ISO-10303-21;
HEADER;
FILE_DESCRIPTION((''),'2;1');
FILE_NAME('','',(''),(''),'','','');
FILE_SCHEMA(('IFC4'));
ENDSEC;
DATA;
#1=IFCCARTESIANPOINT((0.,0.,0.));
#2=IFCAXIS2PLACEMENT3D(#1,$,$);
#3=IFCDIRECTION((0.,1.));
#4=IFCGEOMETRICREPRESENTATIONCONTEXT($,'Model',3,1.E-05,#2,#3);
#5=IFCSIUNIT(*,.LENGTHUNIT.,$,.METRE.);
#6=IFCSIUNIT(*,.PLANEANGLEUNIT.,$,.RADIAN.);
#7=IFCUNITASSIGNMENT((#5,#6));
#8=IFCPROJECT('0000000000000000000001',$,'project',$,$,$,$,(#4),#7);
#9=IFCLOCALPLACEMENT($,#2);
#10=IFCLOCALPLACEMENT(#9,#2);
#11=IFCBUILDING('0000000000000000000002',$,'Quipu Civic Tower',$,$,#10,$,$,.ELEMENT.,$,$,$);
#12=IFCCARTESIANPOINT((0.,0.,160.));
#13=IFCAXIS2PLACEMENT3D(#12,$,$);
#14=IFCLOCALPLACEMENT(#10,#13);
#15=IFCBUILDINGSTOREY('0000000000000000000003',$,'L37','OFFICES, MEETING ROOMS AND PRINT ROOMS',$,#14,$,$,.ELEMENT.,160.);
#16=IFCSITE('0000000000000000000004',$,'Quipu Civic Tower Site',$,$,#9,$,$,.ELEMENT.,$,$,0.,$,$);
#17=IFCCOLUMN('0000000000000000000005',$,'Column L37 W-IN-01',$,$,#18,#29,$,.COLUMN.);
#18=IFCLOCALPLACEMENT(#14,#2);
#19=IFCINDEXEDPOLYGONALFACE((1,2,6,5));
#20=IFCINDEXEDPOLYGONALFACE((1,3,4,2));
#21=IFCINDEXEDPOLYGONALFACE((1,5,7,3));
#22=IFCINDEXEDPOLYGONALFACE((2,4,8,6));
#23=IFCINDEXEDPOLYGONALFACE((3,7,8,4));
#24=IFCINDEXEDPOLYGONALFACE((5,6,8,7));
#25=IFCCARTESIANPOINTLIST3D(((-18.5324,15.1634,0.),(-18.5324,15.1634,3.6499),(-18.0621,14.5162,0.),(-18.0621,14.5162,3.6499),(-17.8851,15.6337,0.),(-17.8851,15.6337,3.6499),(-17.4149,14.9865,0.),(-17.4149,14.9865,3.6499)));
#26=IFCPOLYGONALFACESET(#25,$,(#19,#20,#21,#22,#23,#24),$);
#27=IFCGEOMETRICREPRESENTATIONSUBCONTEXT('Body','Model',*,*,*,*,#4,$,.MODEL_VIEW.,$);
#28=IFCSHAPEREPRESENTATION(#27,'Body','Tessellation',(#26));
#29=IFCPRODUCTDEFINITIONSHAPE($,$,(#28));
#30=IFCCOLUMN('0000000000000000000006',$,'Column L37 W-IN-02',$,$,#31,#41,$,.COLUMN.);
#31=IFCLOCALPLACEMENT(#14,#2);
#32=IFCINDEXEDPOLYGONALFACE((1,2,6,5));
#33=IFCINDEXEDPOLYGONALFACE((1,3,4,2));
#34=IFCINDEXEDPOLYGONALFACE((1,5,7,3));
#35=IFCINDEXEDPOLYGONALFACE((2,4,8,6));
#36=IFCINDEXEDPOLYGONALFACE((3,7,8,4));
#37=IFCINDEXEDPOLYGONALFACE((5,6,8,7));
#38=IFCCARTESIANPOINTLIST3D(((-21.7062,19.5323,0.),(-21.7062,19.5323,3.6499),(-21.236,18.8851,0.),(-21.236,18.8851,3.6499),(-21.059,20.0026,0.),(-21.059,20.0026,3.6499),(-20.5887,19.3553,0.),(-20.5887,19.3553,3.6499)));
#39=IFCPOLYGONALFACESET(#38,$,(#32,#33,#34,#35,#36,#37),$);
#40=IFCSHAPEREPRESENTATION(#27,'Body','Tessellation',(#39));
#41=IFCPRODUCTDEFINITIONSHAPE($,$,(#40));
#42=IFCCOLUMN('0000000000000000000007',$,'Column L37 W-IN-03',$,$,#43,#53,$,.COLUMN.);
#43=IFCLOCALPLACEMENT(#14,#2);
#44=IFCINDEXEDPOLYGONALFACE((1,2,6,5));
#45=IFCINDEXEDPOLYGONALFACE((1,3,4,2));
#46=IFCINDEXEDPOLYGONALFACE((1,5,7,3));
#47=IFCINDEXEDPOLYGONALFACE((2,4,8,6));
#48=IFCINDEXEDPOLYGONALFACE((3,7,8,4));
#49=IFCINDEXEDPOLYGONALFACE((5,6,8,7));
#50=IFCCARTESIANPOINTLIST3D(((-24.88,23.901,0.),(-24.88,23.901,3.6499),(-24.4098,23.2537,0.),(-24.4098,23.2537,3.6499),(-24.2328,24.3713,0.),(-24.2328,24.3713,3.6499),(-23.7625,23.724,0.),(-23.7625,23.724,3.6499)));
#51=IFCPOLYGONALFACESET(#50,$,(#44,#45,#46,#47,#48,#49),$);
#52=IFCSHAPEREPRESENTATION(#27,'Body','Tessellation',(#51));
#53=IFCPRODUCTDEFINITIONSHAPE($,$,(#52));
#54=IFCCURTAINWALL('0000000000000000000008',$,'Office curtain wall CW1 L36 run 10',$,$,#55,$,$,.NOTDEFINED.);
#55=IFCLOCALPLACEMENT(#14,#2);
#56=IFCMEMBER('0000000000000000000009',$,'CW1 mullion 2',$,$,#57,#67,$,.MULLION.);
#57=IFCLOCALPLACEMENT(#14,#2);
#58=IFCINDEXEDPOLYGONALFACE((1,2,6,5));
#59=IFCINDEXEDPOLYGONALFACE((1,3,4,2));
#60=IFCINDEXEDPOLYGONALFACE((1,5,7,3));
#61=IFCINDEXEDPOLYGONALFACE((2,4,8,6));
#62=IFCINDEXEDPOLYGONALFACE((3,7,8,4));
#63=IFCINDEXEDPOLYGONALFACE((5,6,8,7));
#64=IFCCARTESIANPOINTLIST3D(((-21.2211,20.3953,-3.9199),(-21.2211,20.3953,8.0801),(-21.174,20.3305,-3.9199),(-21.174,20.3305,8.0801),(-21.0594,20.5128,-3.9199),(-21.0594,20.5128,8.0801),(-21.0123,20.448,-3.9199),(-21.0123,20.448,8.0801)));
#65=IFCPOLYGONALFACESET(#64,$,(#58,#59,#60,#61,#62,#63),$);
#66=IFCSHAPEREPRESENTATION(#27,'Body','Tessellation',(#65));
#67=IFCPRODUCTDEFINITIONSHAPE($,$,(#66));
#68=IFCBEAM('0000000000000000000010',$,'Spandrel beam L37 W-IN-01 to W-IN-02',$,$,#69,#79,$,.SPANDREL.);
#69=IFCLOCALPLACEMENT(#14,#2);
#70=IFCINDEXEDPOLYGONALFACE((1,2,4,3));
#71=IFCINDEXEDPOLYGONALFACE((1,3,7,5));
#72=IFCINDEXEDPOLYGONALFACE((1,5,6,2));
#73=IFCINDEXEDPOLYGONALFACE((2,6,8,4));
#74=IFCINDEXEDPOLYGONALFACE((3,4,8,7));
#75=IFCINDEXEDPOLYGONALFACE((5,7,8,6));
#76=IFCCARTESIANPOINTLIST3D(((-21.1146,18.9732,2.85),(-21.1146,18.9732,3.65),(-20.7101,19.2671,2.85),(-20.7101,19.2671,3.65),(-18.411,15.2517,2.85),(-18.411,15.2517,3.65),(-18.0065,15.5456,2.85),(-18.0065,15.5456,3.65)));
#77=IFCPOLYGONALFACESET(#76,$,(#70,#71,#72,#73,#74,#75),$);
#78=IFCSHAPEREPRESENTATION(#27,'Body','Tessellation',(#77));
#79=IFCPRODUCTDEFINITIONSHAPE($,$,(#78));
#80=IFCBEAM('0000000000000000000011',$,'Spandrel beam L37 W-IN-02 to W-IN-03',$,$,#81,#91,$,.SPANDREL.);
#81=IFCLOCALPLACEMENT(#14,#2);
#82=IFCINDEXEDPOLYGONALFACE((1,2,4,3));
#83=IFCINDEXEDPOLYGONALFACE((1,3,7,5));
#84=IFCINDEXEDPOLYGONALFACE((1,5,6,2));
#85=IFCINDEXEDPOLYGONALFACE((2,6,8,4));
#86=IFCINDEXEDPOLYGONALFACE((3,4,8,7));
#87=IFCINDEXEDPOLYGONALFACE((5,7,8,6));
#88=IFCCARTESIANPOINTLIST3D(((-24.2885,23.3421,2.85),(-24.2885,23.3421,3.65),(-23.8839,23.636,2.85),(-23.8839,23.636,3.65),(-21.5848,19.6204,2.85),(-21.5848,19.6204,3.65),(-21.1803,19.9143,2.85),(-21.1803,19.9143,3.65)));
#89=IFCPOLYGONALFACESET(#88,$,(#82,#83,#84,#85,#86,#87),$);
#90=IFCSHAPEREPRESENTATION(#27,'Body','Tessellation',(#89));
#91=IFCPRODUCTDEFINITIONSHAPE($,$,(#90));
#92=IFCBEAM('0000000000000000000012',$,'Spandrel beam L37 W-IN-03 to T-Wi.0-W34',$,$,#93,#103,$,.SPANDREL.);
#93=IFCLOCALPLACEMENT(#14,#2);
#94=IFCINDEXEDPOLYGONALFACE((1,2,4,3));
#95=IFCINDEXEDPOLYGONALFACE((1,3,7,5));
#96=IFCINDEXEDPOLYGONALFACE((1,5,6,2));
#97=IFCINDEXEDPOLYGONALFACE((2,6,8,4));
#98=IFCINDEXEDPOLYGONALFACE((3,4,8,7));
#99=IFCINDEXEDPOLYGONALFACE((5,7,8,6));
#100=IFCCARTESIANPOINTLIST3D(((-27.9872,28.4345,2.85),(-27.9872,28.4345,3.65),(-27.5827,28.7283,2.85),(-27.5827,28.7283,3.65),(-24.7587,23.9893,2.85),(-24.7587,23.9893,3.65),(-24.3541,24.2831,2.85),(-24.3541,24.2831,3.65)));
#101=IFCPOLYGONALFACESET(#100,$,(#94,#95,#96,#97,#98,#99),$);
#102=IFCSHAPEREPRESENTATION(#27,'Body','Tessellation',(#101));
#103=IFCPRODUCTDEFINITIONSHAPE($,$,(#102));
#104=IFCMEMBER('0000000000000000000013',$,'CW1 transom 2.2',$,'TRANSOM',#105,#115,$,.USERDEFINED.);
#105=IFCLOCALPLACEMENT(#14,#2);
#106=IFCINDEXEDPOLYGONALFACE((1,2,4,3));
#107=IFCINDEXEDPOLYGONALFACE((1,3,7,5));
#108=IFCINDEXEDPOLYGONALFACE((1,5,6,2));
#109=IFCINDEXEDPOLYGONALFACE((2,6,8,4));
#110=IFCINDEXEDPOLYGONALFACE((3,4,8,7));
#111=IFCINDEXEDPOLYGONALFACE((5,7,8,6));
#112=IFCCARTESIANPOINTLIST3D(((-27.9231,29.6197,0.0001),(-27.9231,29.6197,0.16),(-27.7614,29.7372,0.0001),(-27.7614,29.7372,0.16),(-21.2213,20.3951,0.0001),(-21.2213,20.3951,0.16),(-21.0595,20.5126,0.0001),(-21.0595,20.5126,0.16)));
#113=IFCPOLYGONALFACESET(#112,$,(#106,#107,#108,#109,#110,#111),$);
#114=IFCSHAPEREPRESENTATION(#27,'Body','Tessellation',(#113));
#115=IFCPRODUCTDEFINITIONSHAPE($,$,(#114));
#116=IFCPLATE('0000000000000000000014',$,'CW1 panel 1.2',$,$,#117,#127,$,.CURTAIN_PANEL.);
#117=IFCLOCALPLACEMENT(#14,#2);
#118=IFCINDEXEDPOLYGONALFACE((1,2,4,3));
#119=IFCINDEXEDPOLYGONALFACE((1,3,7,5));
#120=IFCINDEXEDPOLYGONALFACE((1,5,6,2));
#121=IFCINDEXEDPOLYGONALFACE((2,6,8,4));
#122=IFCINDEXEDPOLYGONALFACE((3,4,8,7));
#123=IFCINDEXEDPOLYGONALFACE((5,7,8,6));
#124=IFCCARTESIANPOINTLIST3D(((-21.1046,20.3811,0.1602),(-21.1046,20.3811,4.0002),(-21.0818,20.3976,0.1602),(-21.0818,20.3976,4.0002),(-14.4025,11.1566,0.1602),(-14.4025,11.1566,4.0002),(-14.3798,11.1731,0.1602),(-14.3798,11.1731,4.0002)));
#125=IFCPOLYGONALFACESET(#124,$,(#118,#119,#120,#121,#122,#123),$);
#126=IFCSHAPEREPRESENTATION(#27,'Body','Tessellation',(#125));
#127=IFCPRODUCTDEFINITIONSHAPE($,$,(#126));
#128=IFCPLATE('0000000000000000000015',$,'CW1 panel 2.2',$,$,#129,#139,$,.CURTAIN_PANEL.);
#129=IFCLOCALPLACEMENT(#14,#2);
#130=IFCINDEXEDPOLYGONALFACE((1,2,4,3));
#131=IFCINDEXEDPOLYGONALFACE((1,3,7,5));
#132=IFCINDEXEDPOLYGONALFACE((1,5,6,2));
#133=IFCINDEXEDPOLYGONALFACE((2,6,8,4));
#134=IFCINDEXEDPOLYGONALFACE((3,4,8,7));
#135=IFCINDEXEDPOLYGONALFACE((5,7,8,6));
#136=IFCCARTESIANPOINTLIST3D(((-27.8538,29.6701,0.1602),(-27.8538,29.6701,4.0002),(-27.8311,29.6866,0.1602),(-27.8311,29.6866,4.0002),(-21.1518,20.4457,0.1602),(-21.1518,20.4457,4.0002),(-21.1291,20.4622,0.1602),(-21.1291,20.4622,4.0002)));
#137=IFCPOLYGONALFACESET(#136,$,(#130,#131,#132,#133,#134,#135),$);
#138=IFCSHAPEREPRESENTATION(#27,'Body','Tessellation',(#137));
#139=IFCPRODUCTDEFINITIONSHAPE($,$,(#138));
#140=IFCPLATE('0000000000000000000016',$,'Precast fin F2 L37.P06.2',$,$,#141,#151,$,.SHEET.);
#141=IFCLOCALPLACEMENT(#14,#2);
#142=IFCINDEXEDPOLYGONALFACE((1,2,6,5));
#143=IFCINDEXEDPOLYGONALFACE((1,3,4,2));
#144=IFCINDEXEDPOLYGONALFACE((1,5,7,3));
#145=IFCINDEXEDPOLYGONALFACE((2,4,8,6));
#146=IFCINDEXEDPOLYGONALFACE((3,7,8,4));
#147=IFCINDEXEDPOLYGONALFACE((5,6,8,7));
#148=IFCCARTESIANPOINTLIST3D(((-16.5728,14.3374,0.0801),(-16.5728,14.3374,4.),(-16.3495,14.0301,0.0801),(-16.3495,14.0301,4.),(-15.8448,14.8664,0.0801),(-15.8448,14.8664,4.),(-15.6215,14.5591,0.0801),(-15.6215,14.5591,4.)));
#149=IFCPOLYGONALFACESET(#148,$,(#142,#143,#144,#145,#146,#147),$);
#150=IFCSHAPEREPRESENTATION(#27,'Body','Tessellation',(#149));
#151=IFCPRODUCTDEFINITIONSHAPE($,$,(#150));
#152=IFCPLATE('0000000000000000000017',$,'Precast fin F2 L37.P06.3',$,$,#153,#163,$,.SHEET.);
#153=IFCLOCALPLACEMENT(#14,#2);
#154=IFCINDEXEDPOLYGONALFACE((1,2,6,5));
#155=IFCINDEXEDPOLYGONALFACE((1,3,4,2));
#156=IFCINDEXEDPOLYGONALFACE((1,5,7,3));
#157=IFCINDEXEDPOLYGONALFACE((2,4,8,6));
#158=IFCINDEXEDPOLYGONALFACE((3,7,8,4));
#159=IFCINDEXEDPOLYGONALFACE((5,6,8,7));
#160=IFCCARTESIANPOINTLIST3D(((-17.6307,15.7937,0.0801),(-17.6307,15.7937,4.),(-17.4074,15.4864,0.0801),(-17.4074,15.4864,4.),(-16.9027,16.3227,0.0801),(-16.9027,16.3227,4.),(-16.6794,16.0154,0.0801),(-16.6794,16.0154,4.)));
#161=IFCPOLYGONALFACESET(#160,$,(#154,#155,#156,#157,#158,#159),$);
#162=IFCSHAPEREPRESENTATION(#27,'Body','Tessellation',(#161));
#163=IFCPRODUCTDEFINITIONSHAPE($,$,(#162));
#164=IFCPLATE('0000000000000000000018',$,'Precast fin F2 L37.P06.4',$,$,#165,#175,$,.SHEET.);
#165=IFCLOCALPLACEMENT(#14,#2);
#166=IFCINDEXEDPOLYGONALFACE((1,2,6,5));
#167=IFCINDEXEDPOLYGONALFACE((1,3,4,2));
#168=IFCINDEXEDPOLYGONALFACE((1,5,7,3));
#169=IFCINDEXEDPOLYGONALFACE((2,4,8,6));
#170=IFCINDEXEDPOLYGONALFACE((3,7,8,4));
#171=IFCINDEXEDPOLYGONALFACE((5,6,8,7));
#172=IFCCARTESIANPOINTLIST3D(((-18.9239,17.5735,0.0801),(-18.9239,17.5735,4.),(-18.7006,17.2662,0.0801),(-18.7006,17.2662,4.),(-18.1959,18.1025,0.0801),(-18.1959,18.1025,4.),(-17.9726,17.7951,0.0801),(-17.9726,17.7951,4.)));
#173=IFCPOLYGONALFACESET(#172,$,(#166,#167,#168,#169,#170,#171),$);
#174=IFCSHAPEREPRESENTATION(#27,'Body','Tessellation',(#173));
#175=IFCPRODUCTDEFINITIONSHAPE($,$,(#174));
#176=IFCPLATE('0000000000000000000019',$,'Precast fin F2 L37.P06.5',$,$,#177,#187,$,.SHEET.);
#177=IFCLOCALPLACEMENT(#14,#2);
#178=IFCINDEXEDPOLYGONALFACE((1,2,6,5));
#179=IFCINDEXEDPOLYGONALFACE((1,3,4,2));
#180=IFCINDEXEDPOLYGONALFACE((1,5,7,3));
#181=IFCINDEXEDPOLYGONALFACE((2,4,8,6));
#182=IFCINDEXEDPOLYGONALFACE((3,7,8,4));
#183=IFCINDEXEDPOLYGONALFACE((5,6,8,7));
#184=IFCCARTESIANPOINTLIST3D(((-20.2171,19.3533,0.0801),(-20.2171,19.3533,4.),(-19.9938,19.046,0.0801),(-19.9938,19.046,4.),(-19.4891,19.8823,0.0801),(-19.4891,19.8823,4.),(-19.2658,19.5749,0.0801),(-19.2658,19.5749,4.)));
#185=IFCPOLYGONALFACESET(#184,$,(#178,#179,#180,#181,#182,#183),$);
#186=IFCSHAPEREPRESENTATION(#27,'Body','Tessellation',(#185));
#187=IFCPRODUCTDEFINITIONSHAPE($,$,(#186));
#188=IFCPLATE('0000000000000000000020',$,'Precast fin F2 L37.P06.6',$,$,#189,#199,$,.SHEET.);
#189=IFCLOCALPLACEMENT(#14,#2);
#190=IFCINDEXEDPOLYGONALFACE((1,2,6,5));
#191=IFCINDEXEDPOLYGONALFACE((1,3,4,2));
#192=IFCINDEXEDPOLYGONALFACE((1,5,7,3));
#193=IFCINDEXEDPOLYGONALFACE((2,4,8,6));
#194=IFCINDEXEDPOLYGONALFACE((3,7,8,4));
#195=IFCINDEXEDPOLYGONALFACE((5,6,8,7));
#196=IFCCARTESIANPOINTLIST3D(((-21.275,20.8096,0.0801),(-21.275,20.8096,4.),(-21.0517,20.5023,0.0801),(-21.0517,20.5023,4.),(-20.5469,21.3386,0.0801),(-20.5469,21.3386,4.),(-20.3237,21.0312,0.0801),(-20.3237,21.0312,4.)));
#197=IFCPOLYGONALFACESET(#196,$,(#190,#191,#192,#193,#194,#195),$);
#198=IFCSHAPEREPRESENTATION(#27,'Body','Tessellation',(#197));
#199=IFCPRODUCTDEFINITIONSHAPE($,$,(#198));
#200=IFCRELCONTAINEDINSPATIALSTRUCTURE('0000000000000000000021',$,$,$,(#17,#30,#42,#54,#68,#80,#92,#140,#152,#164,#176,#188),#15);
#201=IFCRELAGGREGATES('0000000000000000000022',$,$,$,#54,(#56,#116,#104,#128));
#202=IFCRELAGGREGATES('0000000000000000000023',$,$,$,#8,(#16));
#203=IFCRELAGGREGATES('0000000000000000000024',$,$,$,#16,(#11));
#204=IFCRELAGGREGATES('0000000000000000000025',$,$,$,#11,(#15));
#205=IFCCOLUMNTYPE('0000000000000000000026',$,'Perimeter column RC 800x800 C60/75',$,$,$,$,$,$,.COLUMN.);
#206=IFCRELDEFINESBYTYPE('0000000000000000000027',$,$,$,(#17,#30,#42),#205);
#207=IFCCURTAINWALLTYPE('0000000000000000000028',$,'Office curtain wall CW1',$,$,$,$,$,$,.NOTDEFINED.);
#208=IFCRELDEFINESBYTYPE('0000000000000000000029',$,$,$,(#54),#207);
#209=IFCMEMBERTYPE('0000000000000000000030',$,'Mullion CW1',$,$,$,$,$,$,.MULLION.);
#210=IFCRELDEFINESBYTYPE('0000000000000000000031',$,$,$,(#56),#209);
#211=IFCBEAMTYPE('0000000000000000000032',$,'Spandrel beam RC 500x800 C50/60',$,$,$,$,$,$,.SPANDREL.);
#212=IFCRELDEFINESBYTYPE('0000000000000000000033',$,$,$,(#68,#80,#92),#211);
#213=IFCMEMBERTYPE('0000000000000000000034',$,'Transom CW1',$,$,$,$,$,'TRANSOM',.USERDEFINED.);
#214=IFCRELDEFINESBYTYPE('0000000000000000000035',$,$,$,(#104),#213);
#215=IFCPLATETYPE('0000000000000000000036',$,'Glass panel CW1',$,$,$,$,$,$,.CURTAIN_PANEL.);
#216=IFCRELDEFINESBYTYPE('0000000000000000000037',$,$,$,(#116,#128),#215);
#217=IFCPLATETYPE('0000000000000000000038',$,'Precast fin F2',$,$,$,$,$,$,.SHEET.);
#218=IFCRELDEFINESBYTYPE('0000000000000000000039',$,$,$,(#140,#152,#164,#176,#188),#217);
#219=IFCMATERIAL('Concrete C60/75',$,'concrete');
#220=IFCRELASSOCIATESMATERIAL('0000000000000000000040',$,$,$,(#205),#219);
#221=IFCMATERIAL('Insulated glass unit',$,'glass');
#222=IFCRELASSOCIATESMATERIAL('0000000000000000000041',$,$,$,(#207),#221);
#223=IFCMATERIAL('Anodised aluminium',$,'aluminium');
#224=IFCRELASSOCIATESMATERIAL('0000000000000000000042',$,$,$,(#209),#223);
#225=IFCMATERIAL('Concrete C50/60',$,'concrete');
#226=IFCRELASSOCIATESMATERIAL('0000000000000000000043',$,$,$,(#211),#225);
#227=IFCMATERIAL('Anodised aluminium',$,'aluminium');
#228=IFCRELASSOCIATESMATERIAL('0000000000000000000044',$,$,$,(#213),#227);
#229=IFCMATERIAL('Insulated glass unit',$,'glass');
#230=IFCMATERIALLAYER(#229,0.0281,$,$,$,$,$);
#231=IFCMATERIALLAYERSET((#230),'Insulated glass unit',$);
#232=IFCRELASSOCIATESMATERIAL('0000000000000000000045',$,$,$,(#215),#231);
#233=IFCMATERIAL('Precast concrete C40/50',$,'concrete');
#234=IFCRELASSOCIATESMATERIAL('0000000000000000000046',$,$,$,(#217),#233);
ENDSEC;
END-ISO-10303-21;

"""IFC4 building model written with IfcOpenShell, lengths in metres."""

from ifc_helpers import new_model, si_unit, direction, frame, origin, origin_2d, place, context, subcontext, project, spatial, rectangle, extrude, material, layer, layer_set, material_profile, profile_set, type_object, element, aggregate, save


model = new_model("IFC4")

# Units and contexts
model_context = context("Model", 3, precision=1e-05, world=origin(), true_north=direction((0.0, 1.0)))
body_context = subcontext(model_context, "Body", "Model", "MODEL_VIEW")
ifc_project = project(units=[si_unit("LENGTHUNIT", "METRE"), si_unit("PLANEANGLEUNIT", "RADIAN")], contexts=[model_context])

# Site, building, storey
site_placement = place(None, origin())
site = spatial("IfcSite", under=ifc_project, at=site_placement, Name="Quipu Civic Tower Site", CompositionType="ELEMENT", RefElevation=0.0)
building_placement = place(site_placement, origin())
building = spatial("IfcBuilding", under=site, at=building_placement, Name="Quipu Civic Tower", CompositionType="ELEMENT")
storey_placement = place(building_placement, frame((0.0, 0.0, 160.0)))
storey = spatial("IfcBuildingStorey", under=building, at=storey_placement, Name="L37", Description="OFFICES, MEETING ROOMS AND PRINT ROOMS", CompositionType="ELEMENT", Elevation=160.0)

# Columns
ifc_material_1 = material(Name="Concrete C60/75", Category="concrete")
ifc_material_profile_1 = material_profile(ifc_material_1, rectangle(XDim=0.8, YDim=0.8, at=origin_2d()), Name="RC800x800")
ifc_profile_set_1 = profile_set([ifc_material_profile_1], Name="Concrete C60/75")
column_type = type_object("IfcColumnType", Name="Perimeter column RC 800x800 C60/75", PredefinedType="COLUMN", material=ifc_profile_set_1)
for number, where, z_axis, x_axis, name in (
    (1, (-17.9736, 15.075, 0.0), (0.0, 0.0, 1.0), (-0.587785, 0.809017, 0.0), "Column L37 W-IN-01"),
    (2, (-21.1475, 19.4438, 0.0), (0.0, 0.0, 1.0), (-0.587785, 0.809017, 0.0), "Column L37 W-IN-02"),
    (3, (-24.3213, 23.8125, 0.0), (0.0, 0.0, 1.0), (-0.587785, 0.809017, 0.0), "Column L37 W-IN-03"),
):
    element("IfcColumn", number, at=place(storey_placement, frame(where, z_axis=z_axis, x_axis=x_axis)), inside=storey, type_object=column_type, Name=name, PredefinedType="COLUMN", context=body_context, shape_type="SweptSolid", body=[
        extrude(rectangle(XDim=0.8, YDim=0.8, at=origin_2d()), origin(), (0.0, 0.0, 1.0), 3.6499),
    ])

# Curtain wall, member
ifc_material_2 = material(Name="Insulated glass unit", Category="glass")
curtain_wall_type = type_object("IfcCurtainWallType", Name="Office curtain wall CW1", PredefinedType="NOTDEFINED", material=ifc_material_2)
curtain_wall_placement = place(storey_placement, origin())
curtain_wall = element("IfcCurtainWall", 4, at=curtain_wall_placement, inside=storey, type_object=curtain_wall_type, Name="Office curtain wall CW1 L36 run 10", PredefinedType="NOTDEFINED")
ifc_material_3 = material(Name="Anodised aluminium", Category="aluminium")
ifc_material_profile_2 = material_profile(ifc_material_3, rectangle(XDim=0.2, YDim=0.0801, at=origin_2d()), Name="RECT 200x80")
ifc_profile_set_2 = profile_set([ifc_material_profile_2], Name="Anodised aluminium")
member_type_1 = type_object("IfcMemberType", Name="Mullion CW1", PredefinedType="MULLION", material=ifc_profile_set_2)
member_1_placement = place(storey_placement, frame((-21.1167, 20.4216, -3.9199), z_axis=(0.0, 0.0, 1.0), x_axis=(-0.809014, -0.587789, 0.0)))
member_1 = element("IfcMember", 5, at=member_1_placement, type_object=member_type_1, Name="CW1 mullion 2", PredefinedType="MULLION", context=body_context, shape_type="SweptSolid", body=[
    extrude(rectangle(XDim=0.2, YDim=0.0801, at=origin_2d()), origin(), (0.0, 0.0, 1.0), 12.0),
])

# Beams
ifc_material_4 = material(Name="Concrete C50/60", Category="concrete")
ifc_material_profile_3 = material_profile(ifc_material_4, rectangle(XDim=0.5, YDim=0.8, at=origin_2d()), Name="RC500x800")
ifc_profile_set_3 = profile_set([ifc_material_profile_3], Name="Concrete C50/60")
beam_type = type_object("IfcBeamType", Name="Spandrel beam RC 500x800 C50/60", PredefinedType="SPANDREL", material=ifc_profile_set_3)
beam_1_placement = place(storey_placement, frame((-18.2087, 15.3987, 3.25), z_axis=(-0.587761, 0.809034, 0.0), x_axis=(-0.809034, -0.587761, 0.0)))
element("IfcBeam", 6, at=beam_1_placement, inside=storey, type_object=beam_type, Name="Spandrel beam L37 W-IN-01 to W-IN-02", PredefinedType="SPANDREL", context=body_context, shape_type="SweptSolid", body=[
    extrude(rectangle(XDim=0.5, YDim=0.8, at=origin_2d()), origin(), (0.0, 0.0, 1.0), 4.5999),
])
beam_2_placement = place(storey_placement, frame((-21.3826, 19.7673, 3.25), z_axis=(-0.587736, 0.809053, 0.0), x_axis=(-0.809053, -0.587736, 0.0)))
element("IfcBeam", 7, at=beam_2_placement, inside=storey, type_object=beam_type, Name="Spandrel beam L37 W-IN-02 to W-IN-03", PredefinedType="SPANDREL", context=body_context, shape_type="SweptSolid", body=[
    extrude(rectangle(XDim=0.5, YDim=0.8, at=origin_2d()), origin(), (0.0, 0.0, 1.0), 4.6001),
])
beam_3_placement = place(storey_placement, frame((-24.5564, 24.1362, 3.25), z_axis=(-0.587664, 0.809105, 0.0), x_axis=(-0.809105, -0.587664, 0.0)))
element("IfcBeam", 8, at=beam_3_placement, inside=storey, type_object=beam_type, Name="Spandrel beam L37 W-IN-03 to T-Wi.0-W34", PredefinedType="SPANDREL", context=body_context, shape_type="SweptSolid", body=[
    extrude(rectangle(XDim=0.5, YDim=0.8, at=origin_2d()), origin(), (0.0, 0.0, 1.0), 5.4939),
])

# Member
ifc_material_5 = material(Name="Anodised aluminium", Category="aluminium")
ifc_material_profile_4 = material_profile(ifc_material_5, rectangle(XDim=0.2, YDim=0.1599, at=origin_2d()), Name="RECT 200x160")
ifc_profile_set_4 = profile_set([ifc_material_profile_4], Name="Anodised aluminium")
member_type_2 = type_object("IfcMemberType", Name="Transom CW1", ElementType="TRANSOM", PredefinedType="USERDEFINED", material=ifc_profile_set_4)
member_2_placement = place(storey_placement, frame((-21.1404, 20.4539, 0.0801), z_axis=(-0.587776, 0.809024, 0.0), x_axis=(-0.809024, -0.587776, 0.0)))
member_2 = element("IfcMember", 9, at=member_2_placement, type_object=member_type_2, Name="CW1 transom 2.2", ObjectType="TRANSOM", PredefinedType="USERDEFINED", context=body_context, shape_type="SweptSolid", body=[
    extrude(rectangle(XDim=0.2, YDim=0.1599, at=origin_2d()), origin(), (0.0, 0.0, 1.0), 11.4021),
])

# Plates
ifc_material_6 = material(Name="Insulated glass unit", Category="glass")
ifc_layer_1 = layer(ifc_material_6, 0.0281)
ifc_layer_set_1 = layer_set([ifc_layer_1], Name="Insulated glass unit")
plate_type_1 = type_object("IfcPlateType", Name="Glass panel CW1", PredefinedType="CURTAIN_PANEL", material=ifc_layer_set_1)
plate_1_placement = place(storey_placement, frame((-17.7422, 15.7771, 0.1602), z_axis=(0.0, 0.0, 1.0), x_axis=(-0.587789, 0.809014, 0.0)))
plate_1 = element("IfcPlate", 10, at=plate_1_placement, type_object=plate_type_1, Name="CW1 panel 1.2", PredefinedType="CURTAIN_PANEL", context=body_context, shape_type="SweptSolid", body=[
    extrude(rectangle(XDim=11.4021, YDim=0.0281, at=origin_2d()), origin(), (0.0, 0.0, 1.0), 3.8401),
])
plate_2_placement = place(storey_placement, frame((-24.4915, 25.0662, 0.1602), z_axis=(0.0, 0.0, 1.0), x_axis=(-0.587789, 0.809014, 0.0)))
plate_2 = element("IfcPlate", 11, at=plate_2_placement, type_object=plate_type_1, Name="CW1 panel 2.2", PredefinedType="CURTAIN_PANEL", context=body_context, shape_type="SweptSolid", body=[
    extrude(rectangle(XDim=11.4021, YDim=0.0281, at=origin_2d()), origin(), (0.0, 0.0, 1.0), 3.8401),
])
aggregate(curtain_wall, [member_1, plate_1, member_2, plate_2])

# Plates
ifc_material_7 = material(Name="Precast concrete C40/50", Category="concrete")
plate_type_2 = type_object("IfcPlateType", Name="Precast fin F2", PredefinedType="SHEET", material=ifc_material_7)
for number, where, z_axis, x_axis, name in (
    (12, (-16.0972, 14.4482, 0.0801), (0.0, 0.0, 1.0), (-0.587787, 0.809016, 0.0), "Precast fin F2 L37.P06.2"),
    (13, (-17.155, 15.9045, 0.0801), (0.0, 0.0, 1.0), (-0.587787, 0.809016, 0.0), "Precast fin F2 L37.P06.3"),
    (14, (-18.4482, 17.6843, 0.0801), (0.0, 0.0, 1.0), (-0.587787, 0.809016, 0.0), "Precast fin F2 L37.P06.4"),
    (15, (-19.7415, 19.4641, 0.0801), (0.0, 0.0, 1.0), (-0.587787, 0.809016, 0.0), "Precast fin F2 L37.P06.5"),
    (16, (-20.7993, 20.9204, 0.0801), (0.0, 0.0, 1.0), (-0.587787, 0.809016, 0.0), "Precast fin F2 L37.P06.6"),
):
    element("IfcPlate", number, at=place(storey_placement, frame(where, z_axis=z_axis, x_axis=x_axis)), inside=storey, type_object=plate_type_2, Name=name, PredefinedType="SHEET", context=body_context, shape_type="SweptSolid", body=[
        extrude(rectangle(XDim=0.3799, YDim=0.8999, at=origin_2d()), origin(), (0.0, 0.0, 1.0), 3.9199),
    ])

save(model, "model.ifc")
